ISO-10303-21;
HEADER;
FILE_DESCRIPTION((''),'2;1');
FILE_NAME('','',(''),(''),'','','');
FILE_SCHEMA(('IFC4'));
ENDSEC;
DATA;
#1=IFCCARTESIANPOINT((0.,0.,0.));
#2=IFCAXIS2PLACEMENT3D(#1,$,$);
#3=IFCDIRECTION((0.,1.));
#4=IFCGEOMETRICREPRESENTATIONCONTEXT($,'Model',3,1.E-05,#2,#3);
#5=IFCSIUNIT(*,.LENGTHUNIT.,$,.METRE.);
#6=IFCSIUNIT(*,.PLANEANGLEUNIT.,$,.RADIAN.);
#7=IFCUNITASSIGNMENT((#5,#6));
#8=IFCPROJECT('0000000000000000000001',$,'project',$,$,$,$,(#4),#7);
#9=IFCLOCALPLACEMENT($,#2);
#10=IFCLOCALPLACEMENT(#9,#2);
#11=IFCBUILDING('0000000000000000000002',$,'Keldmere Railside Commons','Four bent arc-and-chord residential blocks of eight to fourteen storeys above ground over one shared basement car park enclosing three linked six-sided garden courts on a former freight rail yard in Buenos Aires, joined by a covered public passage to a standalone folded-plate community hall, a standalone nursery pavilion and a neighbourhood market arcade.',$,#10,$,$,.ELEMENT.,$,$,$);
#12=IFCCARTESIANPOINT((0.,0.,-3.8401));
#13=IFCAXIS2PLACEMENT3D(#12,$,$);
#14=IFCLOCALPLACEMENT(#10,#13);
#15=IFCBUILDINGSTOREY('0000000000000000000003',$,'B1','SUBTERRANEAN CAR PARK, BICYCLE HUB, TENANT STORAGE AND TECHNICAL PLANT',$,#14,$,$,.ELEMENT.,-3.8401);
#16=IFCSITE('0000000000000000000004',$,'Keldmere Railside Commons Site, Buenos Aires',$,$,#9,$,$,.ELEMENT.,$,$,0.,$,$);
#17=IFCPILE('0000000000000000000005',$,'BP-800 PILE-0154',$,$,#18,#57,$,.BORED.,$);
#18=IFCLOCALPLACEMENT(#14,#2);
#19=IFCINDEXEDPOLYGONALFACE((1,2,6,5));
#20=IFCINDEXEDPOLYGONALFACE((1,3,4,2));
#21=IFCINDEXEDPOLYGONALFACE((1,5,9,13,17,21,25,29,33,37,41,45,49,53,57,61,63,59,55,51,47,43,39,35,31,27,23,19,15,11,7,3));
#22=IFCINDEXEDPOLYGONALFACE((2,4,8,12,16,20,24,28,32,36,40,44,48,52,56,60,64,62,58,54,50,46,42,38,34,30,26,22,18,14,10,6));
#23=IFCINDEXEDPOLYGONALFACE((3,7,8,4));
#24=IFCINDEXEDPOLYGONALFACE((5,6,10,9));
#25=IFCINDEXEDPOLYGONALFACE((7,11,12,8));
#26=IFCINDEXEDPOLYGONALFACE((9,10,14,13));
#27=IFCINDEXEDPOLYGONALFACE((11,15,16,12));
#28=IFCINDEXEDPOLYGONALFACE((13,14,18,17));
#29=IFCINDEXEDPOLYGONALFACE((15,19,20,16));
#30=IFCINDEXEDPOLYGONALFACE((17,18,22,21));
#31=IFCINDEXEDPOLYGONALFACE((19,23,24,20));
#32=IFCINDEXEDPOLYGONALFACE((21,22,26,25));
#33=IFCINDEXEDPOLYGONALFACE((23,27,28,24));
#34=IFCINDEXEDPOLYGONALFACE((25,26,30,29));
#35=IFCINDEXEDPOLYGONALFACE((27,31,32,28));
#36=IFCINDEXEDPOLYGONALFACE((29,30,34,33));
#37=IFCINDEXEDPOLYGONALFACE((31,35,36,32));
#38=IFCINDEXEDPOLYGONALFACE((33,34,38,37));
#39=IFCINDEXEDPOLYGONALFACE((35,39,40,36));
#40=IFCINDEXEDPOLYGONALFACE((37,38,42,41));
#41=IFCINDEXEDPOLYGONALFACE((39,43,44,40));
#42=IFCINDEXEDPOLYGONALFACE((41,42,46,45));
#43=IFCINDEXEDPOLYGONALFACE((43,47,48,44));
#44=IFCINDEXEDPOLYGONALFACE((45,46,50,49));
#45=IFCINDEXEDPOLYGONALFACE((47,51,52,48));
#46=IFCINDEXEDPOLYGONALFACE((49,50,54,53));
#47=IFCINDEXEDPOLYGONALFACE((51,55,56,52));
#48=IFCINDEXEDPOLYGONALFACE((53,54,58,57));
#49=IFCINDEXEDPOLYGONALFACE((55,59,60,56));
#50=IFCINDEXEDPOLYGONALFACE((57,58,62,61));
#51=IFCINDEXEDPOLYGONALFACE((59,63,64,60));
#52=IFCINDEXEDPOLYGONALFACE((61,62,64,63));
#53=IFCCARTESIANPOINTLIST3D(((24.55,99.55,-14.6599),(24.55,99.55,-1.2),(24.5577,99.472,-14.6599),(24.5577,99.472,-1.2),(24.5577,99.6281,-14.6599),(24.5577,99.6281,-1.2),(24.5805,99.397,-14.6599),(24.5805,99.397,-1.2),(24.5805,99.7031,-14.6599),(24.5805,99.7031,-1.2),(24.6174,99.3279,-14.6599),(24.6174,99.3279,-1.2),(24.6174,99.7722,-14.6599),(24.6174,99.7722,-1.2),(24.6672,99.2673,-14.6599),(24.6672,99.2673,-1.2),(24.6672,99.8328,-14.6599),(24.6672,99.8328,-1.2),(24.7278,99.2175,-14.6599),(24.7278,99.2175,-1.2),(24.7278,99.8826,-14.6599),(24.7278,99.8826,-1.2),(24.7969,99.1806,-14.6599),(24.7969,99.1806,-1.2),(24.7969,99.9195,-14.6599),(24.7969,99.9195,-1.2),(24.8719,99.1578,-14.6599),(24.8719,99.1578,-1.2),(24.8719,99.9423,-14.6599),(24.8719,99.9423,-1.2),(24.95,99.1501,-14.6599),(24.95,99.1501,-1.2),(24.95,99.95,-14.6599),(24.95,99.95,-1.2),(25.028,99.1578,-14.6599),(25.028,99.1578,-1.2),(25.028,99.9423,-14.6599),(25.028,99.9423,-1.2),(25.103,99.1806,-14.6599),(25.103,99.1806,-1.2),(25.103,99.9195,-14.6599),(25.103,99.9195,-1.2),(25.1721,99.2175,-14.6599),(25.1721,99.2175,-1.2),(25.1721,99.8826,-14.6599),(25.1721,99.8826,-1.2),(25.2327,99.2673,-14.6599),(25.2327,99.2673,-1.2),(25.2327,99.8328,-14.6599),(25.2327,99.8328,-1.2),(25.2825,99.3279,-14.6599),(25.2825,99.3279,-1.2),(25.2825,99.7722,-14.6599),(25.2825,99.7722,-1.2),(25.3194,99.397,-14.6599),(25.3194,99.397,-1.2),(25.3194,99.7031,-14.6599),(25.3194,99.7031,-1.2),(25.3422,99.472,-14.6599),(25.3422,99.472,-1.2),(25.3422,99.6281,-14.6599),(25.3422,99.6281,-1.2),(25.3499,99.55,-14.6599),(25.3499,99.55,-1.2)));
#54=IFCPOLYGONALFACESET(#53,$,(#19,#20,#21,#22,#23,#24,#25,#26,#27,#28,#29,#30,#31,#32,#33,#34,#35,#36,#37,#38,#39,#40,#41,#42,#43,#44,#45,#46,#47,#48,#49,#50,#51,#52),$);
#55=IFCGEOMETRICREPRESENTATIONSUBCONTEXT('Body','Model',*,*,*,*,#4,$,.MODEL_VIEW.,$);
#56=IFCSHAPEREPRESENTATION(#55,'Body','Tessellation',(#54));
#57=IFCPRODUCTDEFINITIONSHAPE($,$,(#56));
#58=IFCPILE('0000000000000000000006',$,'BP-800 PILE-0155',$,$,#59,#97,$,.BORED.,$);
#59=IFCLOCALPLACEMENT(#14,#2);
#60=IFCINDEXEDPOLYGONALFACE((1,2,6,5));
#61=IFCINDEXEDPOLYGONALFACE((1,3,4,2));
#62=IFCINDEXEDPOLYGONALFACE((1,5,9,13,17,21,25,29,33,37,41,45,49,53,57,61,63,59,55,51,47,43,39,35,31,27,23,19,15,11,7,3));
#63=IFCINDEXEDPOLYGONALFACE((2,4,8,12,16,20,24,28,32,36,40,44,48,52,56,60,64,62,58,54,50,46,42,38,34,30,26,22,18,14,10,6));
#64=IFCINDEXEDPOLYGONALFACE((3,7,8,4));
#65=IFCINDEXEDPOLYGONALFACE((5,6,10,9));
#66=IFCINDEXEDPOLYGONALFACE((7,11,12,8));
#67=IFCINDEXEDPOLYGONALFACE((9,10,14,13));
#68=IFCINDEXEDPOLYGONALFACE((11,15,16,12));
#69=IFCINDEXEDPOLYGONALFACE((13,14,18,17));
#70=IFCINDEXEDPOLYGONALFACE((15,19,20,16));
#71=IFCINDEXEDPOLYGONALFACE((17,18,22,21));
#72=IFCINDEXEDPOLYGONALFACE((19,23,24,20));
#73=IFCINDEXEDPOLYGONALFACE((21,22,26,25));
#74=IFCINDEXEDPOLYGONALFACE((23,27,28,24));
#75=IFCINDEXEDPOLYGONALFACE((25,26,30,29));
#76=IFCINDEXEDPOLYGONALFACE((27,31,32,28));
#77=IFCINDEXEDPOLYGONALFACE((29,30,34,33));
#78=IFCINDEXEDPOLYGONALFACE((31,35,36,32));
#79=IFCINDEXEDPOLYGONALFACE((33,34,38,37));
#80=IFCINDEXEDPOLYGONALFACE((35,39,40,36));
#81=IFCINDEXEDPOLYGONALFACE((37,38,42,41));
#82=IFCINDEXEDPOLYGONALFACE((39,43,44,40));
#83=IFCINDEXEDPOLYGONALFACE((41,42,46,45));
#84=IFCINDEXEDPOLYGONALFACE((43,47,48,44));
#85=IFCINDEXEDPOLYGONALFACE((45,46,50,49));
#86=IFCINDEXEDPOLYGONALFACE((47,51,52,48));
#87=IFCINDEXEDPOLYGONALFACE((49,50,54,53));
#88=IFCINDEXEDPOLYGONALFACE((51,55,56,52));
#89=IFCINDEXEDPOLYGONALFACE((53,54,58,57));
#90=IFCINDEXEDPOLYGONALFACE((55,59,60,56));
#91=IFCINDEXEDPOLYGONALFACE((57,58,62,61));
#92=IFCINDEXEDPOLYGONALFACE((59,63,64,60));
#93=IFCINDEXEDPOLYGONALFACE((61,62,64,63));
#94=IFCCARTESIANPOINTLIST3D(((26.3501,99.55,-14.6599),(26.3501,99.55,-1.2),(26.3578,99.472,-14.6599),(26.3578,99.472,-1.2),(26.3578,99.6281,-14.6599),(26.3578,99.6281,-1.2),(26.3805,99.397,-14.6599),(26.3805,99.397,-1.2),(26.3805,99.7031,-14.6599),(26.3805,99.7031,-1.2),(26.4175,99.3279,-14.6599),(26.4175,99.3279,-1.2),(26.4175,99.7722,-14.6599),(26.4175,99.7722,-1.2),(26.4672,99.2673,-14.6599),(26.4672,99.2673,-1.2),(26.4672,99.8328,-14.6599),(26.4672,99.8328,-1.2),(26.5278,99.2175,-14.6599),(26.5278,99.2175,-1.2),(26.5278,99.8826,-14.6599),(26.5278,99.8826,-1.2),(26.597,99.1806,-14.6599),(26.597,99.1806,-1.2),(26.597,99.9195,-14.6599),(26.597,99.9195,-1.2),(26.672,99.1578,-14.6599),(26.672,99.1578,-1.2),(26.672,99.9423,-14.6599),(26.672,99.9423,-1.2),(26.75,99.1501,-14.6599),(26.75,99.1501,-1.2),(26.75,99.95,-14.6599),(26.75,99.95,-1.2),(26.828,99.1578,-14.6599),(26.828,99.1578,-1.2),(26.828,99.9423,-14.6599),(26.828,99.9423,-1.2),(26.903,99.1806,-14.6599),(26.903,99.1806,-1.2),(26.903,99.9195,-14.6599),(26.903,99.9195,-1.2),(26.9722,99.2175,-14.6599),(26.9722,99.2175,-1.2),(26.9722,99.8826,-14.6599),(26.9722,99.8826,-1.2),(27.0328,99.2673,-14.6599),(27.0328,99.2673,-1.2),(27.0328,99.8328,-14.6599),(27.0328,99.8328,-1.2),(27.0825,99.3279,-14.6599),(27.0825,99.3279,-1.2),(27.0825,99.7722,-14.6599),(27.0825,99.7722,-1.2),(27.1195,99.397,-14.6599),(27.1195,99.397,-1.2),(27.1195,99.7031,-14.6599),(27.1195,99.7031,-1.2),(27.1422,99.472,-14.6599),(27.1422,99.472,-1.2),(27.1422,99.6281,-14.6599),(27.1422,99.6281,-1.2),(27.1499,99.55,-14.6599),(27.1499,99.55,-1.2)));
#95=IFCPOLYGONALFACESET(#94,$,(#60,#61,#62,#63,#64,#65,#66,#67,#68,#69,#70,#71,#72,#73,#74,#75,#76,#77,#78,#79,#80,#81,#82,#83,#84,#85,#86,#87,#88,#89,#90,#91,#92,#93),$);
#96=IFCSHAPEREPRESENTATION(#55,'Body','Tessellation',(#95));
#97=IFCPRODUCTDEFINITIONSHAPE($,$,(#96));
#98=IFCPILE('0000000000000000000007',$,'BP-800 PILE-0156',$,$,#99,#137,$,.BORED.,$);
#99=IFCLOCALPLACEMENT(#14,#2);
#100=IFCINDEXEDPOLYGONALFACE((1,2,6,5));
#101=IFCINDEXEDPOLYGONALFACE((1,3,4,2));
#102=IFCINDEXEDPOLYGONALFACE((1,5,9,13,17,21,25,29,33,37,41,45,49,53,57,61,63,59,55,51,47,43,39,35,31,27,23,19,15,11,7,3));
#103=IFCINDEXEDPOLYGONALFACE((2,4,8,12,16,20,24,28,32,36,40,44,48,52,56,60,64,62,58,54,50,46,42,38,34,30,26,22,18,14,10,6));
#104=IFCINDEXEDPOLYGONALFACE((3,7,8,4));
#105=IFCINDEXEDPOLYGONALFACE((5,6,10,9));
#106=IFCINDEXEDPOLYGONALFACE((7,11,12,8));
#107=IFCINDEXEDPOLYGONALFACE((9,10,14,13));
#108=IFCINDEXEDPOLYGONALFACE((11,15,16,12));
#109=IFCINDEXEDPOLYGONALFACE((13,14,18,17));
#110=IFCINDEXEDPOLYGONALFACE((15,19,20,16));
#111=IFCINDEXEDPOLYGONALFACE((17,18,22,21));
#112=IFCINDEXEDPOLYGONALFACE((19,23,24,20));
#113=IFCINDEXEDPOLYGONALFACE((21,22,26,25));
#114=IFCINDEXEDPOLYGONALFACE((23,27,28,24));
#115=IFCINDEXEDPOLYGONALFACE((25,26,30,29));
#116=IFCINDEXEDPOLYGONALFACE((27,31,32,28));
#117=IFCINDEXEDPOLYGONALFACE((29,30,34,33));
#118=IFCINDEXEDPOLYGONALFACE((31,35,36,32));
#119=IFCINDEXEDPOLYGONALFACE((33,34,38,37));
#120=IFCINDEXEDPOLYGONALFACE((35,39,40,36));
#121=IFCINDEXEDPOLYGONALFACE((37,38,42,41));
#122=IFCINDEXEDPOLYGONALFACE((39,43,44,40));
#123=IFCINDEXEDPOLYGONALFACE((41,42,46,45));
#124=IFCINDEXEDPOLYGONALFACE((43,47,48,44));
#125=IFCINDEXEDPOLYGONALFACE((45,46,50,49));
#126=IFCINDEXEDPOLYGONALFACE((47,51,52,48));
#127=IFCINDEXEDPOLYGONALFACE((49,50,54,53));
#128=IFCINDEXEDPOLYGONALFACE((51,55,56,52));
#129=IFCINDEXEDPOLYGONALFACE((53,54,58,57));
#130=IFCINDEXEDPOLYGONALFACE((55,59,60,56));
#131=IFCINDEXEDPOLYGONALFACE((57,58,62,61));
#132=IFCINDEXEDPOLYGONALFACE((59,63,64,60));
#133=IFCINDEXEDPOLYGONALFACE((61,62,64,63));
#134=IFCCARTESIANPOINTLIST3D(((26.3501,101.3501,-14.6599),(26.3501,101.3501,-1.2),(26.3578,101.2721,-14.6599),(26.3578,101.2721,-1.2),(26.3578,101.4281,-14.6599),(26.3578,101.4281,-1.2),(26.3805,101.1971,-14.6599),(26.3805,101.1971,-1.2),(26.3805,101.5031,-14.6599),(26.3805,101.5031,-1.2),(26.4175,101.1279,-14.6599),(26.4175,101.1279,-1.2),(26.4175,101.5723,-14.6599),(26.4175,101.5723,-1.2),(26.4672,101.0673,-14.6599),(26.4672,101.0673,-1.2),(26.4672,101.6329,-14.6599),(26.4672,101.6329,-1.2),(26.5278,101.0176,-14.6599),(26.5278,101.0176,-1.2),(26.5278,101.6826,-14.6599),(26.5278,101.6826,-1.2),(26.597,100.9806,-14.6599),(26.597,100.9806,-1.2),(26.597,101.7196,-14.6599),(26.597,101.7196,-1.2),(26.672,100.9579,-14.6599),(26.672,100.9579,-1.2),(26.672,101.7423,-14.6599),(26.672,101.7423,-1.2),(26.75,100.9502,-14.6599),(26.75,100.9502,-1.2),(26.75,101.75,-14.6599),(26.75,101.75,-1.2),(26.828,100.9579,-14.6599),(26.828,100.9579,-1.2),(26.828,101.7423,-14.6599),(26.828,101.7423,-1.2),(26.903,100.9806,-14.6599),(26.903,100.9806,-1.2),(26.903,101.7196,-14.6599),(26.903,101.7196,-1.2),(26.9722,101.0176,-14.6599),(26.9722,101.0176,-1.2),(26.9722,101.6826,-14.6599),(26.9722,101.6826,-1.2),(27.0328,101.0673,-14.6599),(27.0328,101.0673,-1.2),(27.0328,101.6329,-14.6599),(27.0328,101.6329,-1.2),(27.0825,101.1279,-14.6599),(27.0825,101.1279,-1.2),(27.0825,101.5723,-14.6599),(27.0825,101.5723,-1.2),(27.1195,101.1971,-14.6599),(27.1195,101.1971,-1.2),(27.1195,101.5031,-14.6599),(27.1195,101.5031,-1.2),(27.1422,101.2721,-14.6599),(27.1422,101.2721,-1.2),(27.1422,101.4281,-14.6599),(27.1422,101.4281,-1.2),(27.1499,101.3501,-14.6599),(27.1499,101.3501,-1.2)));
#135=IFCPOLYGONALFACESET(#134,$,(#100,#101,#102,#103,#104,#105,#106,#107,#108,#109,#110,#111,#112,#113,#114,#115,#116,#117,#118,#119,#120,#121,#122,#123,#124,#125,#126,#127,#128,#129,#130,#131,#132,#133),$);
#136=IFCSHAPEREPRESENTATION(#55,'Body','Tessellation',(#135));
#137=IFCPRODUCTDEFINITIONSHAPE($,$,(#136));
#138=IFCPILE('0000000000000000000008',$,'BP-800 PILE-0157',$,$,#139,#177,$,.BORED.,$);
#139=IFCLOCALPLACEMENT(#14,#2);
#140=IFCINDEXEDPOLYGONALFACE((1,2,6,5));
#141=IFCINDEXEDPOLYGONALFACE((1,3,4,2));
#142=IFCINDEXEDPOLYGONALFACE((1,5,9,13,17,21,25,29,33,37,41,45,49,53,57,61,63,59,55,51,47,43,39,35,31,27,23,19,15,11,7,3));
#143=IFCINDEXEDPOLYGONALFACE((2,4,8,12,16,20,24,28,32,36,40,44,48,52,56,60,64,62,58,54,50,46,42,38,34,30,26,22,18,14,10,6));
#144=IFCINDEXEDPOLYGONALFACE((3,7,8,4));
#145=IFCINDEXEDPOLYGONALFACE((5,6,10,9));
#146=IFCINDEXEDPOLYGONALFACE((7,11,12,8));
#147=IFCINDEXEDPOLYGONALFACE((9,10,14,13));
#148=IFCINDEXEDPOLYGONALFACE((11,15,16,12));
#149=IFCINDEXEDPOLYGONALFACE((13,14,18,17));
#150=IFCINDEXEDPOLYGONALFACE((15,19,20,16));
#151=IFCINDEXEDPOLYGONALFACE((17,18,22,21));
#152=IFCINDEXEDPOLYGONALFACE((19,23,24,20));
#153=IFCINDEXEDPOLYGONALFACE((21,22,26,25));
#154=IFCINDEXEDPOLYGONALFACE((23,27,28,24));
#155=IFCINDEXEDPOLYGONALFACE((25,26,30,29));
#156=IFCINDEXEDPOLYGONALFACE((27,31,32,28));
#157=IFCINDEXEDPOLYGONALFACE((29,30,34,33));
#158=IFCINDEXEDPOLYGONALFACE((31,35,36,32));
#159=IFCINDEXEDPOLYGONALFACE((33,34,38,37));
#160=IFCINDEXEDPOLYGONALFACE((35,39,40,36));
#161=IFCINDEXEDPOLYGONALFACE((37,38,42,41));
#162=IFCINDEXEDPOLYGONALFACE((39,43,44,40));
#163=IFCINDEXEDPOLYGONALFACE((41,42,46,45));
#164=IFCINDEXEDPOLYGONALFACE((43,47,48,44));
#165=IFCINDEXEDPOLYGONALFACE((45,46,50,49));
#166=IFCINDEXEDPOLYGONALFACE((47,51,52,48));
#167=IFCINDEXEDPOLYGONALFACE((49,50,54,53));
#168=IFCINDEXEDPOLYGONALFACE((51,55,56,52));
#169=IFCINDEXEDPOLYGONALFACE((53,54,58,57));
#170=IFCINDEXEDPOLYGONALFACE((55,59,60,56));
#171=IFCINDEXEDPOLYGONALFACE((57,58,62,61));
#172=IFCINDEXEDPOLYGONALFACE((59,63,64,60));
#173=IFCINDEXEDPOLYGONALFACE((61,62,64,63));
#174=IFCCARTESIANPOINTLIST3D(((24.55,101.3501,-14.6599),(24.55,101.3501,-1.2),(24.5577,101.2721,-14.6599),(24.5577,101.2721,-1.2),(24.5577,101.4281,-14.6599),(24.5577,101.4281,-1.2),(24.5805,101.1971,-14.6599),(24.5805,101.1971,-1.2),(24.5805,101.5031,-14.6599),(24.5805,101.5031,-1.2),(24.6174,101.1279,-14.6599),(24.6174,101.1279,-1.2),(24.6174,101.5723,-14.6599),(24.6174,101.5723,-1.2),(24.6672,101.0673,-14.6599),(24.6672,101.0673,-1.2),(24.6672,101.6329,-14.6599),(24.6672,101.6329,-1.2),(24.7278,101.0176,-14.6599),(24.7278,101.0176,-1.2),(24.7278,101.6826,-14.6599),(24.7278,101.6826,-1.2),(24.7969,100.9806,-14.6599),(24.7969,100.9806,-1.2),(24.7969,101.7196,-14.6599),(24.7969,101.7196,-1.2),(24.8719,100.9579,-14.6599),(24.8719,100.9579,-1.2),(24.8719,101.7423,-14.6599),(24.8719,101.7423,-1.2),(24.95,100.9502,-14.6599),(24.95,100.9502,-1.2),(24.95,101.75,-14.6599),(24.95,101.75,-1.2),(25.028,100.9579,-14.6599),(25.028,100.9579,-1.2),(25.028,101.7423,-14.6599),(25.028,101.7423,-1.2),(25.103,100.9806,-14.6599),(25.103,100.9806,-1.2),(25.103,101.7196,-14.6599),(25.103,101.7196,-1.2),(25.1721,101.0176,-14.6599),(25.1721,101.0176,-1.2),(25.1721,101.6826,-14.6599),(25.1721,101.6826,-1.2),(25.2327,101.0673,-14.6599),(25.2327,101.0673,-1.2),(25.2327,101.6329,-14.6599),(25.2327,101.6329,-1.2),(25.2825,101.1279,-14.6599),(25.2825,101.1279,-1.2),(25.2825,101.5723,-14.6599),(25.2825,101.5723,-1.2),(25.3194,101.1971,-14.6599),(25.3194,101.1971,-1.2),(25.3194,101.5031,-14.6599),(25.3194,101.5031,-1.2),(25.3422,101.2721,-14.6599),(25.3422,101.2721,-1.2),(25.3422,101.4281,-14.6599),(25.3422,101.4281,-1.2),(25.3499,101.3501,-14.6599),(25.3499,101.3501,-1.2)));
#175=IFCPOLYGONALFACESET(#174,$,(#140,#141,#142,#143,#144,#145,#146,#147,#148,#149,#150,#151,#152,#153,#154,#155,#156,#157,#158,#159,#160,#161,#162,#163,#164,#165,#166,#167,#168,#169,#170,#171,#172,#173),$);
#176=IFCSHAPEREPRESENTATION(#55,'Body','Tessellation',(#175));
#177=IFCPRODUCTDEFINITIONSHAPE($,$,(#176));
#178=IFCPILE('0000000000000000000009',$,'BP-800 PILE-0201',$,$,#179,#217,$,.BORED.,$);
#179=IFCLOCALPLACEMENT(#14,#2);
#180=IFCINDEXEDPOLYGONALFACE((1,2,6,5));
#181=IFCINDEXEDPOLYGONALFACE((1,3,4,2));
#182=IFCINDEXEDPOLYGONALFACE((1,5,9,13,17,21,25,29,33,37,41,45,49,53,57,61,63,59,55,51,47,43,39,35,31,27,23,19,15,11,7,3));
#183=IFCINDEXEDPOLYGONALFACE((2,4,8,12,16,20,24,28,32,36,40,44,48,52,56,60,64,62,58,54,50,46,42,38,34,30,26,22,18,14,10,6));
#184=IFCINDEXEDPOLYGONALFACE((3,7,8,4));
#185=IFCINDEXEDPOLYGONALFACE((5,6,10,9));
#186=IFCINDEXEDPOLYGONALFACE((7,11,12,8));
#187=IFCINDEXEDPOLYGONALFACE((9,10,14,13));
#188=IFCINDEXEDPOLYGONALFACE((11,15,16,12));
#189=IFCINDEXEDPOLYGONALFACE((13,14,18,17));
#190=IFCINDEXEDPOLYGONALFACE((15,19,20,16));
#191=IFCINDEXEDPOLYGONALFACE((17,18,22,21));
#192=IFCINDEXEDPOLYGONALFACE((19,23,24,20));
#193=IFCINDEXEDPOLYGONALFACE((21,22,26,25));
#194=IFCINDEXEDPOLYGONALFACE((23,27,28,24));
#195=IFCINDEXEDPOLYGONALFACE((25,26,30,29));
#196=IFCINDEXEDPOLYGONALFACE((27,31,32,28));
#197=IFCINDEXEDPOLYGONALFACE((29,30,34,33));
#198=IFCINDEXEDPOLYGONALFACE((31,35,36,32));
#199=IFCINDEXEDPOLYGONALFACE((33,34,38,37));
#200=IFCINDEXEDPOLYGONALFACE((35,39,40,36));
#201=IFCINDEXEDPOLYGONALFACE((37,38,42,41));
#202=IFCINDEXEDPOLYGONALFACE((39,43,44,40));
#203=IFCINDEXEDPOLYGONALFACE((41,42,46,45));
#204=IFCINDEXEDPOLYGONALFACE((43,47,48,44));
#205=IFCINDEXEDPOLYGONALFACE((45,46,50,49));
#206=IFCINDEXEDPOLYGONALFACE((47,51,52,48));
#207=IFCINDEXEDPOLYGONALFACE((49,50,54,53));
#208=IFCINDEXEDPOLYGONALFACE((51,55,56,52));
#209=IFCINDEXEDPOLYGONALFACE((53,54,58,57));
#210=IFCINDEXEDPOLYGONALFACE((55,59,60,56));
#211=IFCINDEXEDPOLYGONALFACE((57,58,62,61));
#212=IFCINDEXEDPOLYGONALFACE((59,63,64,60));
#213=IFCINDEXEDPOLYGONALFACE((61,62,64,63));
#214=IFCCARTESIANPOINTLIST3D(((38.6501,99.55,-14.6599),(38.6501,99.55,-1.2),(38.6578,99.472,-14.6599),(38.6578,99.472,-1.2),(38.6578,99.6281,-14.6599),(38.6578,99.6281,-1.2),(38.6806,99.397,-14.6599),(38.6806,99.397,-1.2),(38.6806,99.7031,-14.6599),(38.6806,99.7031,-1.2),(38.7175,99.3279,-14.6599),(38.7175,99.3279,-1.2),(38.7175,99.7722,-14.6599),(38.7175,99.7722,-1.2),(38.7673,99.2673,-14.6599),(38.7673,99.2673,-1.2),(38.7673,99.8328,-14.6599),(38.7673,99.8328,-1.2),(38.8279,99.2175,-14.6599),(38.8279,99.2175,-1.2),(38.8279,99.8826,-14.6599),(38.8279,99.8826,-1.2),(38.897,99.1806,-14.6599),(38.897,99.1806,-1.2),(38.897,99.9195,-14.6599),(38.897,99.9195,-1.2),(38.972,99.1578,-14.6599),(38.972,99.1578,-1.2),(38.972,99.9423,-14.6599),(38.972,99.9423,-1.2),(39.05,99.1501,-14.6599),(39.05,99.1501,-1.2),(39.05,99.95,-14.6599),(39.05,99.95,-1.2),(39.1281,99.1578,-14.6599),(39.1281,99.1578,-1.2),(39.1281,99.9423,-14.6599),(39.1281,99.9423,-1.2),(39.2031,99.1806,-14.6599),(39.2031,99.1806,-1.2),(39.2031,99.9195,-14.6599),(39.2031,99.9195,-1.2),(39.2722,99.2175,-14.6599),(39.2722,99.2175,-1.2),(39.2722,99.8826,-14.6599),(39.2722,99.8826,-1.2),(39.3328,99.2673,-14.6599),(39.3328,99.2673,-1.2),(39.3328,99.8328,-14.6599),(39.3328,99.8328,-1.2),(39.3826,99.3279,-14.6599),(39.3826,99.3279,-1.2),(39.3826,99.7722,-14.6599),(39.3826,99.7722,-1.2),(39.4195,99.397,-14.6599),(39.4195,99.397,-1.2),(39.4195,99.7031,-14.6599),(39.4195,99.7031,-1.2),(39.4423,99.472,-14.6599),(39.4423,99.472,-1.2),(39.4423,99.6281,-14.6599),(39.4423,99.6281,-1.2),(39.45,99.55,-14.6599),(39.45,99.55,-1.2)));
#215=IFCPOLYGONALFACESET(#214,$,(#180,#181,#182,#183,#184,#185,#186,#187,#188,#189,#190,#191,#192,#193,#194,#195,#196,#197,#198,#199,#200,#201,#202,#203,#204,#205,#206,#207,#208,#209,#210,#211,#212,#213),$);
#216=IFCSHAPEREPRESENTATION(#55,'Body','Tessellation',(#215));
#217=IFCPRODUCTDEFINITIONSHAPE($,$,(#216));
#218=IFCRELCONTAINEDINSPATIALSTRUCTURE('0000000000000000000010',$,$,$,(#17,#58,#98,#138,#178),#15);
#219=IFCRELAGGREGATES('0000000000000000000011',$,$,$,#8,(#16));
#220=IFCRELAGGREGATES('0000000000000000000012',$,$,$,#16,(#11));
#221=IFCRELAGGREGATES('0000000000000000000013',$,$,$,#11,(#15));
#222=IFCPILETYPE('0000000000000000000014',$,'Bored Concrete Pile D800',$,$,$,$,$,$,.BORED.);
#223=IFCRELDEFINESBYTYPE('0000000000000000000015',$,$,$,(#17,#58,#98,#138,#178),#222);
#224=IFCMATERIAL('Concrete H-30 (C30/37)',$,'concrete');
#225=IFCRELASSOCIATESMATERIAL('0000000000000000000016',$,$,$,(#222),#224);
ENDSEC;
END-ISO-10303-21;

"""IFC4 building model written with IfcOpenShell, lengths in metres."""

from ifc_helpers import new_model, si_unit, direction, frame, origin, origin_2d, place, context, subcontext, project, spatial, circle, extrude, material, material_profile, profile_set, type_object, element, save


model = new_model("IFC4")

# Units and contexts
model_context = context("Model", 3, precision=1e-05, world=origin(), true_north=direction((0.0, 1.0)))
body_context = subcontext(model_context, "Body", "Model", "MODEL_VIEW")
ifc_project = project(units=[si_unit("LENGTHUNIT", "METRE"), si_unit("PLANEANGLEUNIT", "RADIAN")], contexts=[model_context])

# Site, building, storey
site_placement = place(None, origin())
site = spatial("IfcSite", under=ifc_project, at=site_placement, Name="Keldmere Railside Commons Site, Buenos Aires", CompositionType="ELEMENT", RefElevation=0.0)
building_placement = place(site_placement, origin())
building = spatial("IfcBuilding", under=site, at=building_placement, Name="Keldmere Railside Commons", Description="Four bent arc-and-chord residential blocks of eight to fourteen storeys above ground over one shared basement car park enclosing three linked six-sided garden courts on a former freight rail yard in Buenos Aires, joined by a covered public passage to a standalone folded-plate community hall, a standalone nursery pavilion and a neighbourhood market arcade.", CompositionType="ELEMENT")
storey_placement = place(building_placement, frame((0.0, 0.0, -3.8401)))
storey = spatial("IfcBuildingStorey", under=building, at=storey_placement, Name="B1", Description="SUBTERRANEAN CAR PARK, BICYCLE HUB, TENANT STORAGE AND TECHNICAL PLANT", CompositionType="ELEMENT", Elevation=-3.8401)

# Piles
ifc_material_1 = material(Name="Concrete H-30 (C30/37)", Category="concrete")
ifc_material_profile_1 = material_profile(ifc_material_1, circle(Radius=0.3999, at=origin_2d()), Name="PILE-D800")
ifc_profile_set_1 = profile_set([ifc_material_profile_1], Name="Concrete H-30 (C30/37)")
pile_type_1 = type_object("IfcPileType", Name="Bored Concrete Pile D800", PredefinedType="BORED", material=ifc_profile_set_1)
for number, where, z_axis, x_axis, name in (
    (1, (24.95, 99.55, -1.2), (0.0, 0.0, -1.0), (1.0, 0.0, 0.0), "BP-800 PILE-0154"),
    (2, (26.75, 99.55, -1.2), (0.0, 0.0, -1.0), (1.0, 0.0, 0.0), "BP-800 PILE-0155"),
    (3, (26.75, 101.3501, -1.2), (0.0, 0.0, -1.0), (1.0, 0.0, 0.0), "BP-800 PILE-0156"),
    (4, (24.95, 101.3501, -1.2), (0.0, 0.0, -1.0), (1.0, 0.0, 0.0), "BP-800 PILE-0157"),
    (5, (39.05, 99.55, -1.2), (0.0, 0.0, -1.0), (1.0, 0.0, 0.0), "BP-800 PILE-0201"),
):
    element("IfcPile", number, at=place(storey_placement, frame(where, z_axis=z_axis, x_axis=x_axis)), inside=storey, type_object=pile_type_1, Name=name, PredefinedType="BORED", context=body_context, shape_type="SweptSolid", body=[
        extrude(circle(Radius=0.3999, at=origin_2d()), origin(), (0.0, 0.0, 1.0), 13.46),
    ])

save(model, "model.ifc")
